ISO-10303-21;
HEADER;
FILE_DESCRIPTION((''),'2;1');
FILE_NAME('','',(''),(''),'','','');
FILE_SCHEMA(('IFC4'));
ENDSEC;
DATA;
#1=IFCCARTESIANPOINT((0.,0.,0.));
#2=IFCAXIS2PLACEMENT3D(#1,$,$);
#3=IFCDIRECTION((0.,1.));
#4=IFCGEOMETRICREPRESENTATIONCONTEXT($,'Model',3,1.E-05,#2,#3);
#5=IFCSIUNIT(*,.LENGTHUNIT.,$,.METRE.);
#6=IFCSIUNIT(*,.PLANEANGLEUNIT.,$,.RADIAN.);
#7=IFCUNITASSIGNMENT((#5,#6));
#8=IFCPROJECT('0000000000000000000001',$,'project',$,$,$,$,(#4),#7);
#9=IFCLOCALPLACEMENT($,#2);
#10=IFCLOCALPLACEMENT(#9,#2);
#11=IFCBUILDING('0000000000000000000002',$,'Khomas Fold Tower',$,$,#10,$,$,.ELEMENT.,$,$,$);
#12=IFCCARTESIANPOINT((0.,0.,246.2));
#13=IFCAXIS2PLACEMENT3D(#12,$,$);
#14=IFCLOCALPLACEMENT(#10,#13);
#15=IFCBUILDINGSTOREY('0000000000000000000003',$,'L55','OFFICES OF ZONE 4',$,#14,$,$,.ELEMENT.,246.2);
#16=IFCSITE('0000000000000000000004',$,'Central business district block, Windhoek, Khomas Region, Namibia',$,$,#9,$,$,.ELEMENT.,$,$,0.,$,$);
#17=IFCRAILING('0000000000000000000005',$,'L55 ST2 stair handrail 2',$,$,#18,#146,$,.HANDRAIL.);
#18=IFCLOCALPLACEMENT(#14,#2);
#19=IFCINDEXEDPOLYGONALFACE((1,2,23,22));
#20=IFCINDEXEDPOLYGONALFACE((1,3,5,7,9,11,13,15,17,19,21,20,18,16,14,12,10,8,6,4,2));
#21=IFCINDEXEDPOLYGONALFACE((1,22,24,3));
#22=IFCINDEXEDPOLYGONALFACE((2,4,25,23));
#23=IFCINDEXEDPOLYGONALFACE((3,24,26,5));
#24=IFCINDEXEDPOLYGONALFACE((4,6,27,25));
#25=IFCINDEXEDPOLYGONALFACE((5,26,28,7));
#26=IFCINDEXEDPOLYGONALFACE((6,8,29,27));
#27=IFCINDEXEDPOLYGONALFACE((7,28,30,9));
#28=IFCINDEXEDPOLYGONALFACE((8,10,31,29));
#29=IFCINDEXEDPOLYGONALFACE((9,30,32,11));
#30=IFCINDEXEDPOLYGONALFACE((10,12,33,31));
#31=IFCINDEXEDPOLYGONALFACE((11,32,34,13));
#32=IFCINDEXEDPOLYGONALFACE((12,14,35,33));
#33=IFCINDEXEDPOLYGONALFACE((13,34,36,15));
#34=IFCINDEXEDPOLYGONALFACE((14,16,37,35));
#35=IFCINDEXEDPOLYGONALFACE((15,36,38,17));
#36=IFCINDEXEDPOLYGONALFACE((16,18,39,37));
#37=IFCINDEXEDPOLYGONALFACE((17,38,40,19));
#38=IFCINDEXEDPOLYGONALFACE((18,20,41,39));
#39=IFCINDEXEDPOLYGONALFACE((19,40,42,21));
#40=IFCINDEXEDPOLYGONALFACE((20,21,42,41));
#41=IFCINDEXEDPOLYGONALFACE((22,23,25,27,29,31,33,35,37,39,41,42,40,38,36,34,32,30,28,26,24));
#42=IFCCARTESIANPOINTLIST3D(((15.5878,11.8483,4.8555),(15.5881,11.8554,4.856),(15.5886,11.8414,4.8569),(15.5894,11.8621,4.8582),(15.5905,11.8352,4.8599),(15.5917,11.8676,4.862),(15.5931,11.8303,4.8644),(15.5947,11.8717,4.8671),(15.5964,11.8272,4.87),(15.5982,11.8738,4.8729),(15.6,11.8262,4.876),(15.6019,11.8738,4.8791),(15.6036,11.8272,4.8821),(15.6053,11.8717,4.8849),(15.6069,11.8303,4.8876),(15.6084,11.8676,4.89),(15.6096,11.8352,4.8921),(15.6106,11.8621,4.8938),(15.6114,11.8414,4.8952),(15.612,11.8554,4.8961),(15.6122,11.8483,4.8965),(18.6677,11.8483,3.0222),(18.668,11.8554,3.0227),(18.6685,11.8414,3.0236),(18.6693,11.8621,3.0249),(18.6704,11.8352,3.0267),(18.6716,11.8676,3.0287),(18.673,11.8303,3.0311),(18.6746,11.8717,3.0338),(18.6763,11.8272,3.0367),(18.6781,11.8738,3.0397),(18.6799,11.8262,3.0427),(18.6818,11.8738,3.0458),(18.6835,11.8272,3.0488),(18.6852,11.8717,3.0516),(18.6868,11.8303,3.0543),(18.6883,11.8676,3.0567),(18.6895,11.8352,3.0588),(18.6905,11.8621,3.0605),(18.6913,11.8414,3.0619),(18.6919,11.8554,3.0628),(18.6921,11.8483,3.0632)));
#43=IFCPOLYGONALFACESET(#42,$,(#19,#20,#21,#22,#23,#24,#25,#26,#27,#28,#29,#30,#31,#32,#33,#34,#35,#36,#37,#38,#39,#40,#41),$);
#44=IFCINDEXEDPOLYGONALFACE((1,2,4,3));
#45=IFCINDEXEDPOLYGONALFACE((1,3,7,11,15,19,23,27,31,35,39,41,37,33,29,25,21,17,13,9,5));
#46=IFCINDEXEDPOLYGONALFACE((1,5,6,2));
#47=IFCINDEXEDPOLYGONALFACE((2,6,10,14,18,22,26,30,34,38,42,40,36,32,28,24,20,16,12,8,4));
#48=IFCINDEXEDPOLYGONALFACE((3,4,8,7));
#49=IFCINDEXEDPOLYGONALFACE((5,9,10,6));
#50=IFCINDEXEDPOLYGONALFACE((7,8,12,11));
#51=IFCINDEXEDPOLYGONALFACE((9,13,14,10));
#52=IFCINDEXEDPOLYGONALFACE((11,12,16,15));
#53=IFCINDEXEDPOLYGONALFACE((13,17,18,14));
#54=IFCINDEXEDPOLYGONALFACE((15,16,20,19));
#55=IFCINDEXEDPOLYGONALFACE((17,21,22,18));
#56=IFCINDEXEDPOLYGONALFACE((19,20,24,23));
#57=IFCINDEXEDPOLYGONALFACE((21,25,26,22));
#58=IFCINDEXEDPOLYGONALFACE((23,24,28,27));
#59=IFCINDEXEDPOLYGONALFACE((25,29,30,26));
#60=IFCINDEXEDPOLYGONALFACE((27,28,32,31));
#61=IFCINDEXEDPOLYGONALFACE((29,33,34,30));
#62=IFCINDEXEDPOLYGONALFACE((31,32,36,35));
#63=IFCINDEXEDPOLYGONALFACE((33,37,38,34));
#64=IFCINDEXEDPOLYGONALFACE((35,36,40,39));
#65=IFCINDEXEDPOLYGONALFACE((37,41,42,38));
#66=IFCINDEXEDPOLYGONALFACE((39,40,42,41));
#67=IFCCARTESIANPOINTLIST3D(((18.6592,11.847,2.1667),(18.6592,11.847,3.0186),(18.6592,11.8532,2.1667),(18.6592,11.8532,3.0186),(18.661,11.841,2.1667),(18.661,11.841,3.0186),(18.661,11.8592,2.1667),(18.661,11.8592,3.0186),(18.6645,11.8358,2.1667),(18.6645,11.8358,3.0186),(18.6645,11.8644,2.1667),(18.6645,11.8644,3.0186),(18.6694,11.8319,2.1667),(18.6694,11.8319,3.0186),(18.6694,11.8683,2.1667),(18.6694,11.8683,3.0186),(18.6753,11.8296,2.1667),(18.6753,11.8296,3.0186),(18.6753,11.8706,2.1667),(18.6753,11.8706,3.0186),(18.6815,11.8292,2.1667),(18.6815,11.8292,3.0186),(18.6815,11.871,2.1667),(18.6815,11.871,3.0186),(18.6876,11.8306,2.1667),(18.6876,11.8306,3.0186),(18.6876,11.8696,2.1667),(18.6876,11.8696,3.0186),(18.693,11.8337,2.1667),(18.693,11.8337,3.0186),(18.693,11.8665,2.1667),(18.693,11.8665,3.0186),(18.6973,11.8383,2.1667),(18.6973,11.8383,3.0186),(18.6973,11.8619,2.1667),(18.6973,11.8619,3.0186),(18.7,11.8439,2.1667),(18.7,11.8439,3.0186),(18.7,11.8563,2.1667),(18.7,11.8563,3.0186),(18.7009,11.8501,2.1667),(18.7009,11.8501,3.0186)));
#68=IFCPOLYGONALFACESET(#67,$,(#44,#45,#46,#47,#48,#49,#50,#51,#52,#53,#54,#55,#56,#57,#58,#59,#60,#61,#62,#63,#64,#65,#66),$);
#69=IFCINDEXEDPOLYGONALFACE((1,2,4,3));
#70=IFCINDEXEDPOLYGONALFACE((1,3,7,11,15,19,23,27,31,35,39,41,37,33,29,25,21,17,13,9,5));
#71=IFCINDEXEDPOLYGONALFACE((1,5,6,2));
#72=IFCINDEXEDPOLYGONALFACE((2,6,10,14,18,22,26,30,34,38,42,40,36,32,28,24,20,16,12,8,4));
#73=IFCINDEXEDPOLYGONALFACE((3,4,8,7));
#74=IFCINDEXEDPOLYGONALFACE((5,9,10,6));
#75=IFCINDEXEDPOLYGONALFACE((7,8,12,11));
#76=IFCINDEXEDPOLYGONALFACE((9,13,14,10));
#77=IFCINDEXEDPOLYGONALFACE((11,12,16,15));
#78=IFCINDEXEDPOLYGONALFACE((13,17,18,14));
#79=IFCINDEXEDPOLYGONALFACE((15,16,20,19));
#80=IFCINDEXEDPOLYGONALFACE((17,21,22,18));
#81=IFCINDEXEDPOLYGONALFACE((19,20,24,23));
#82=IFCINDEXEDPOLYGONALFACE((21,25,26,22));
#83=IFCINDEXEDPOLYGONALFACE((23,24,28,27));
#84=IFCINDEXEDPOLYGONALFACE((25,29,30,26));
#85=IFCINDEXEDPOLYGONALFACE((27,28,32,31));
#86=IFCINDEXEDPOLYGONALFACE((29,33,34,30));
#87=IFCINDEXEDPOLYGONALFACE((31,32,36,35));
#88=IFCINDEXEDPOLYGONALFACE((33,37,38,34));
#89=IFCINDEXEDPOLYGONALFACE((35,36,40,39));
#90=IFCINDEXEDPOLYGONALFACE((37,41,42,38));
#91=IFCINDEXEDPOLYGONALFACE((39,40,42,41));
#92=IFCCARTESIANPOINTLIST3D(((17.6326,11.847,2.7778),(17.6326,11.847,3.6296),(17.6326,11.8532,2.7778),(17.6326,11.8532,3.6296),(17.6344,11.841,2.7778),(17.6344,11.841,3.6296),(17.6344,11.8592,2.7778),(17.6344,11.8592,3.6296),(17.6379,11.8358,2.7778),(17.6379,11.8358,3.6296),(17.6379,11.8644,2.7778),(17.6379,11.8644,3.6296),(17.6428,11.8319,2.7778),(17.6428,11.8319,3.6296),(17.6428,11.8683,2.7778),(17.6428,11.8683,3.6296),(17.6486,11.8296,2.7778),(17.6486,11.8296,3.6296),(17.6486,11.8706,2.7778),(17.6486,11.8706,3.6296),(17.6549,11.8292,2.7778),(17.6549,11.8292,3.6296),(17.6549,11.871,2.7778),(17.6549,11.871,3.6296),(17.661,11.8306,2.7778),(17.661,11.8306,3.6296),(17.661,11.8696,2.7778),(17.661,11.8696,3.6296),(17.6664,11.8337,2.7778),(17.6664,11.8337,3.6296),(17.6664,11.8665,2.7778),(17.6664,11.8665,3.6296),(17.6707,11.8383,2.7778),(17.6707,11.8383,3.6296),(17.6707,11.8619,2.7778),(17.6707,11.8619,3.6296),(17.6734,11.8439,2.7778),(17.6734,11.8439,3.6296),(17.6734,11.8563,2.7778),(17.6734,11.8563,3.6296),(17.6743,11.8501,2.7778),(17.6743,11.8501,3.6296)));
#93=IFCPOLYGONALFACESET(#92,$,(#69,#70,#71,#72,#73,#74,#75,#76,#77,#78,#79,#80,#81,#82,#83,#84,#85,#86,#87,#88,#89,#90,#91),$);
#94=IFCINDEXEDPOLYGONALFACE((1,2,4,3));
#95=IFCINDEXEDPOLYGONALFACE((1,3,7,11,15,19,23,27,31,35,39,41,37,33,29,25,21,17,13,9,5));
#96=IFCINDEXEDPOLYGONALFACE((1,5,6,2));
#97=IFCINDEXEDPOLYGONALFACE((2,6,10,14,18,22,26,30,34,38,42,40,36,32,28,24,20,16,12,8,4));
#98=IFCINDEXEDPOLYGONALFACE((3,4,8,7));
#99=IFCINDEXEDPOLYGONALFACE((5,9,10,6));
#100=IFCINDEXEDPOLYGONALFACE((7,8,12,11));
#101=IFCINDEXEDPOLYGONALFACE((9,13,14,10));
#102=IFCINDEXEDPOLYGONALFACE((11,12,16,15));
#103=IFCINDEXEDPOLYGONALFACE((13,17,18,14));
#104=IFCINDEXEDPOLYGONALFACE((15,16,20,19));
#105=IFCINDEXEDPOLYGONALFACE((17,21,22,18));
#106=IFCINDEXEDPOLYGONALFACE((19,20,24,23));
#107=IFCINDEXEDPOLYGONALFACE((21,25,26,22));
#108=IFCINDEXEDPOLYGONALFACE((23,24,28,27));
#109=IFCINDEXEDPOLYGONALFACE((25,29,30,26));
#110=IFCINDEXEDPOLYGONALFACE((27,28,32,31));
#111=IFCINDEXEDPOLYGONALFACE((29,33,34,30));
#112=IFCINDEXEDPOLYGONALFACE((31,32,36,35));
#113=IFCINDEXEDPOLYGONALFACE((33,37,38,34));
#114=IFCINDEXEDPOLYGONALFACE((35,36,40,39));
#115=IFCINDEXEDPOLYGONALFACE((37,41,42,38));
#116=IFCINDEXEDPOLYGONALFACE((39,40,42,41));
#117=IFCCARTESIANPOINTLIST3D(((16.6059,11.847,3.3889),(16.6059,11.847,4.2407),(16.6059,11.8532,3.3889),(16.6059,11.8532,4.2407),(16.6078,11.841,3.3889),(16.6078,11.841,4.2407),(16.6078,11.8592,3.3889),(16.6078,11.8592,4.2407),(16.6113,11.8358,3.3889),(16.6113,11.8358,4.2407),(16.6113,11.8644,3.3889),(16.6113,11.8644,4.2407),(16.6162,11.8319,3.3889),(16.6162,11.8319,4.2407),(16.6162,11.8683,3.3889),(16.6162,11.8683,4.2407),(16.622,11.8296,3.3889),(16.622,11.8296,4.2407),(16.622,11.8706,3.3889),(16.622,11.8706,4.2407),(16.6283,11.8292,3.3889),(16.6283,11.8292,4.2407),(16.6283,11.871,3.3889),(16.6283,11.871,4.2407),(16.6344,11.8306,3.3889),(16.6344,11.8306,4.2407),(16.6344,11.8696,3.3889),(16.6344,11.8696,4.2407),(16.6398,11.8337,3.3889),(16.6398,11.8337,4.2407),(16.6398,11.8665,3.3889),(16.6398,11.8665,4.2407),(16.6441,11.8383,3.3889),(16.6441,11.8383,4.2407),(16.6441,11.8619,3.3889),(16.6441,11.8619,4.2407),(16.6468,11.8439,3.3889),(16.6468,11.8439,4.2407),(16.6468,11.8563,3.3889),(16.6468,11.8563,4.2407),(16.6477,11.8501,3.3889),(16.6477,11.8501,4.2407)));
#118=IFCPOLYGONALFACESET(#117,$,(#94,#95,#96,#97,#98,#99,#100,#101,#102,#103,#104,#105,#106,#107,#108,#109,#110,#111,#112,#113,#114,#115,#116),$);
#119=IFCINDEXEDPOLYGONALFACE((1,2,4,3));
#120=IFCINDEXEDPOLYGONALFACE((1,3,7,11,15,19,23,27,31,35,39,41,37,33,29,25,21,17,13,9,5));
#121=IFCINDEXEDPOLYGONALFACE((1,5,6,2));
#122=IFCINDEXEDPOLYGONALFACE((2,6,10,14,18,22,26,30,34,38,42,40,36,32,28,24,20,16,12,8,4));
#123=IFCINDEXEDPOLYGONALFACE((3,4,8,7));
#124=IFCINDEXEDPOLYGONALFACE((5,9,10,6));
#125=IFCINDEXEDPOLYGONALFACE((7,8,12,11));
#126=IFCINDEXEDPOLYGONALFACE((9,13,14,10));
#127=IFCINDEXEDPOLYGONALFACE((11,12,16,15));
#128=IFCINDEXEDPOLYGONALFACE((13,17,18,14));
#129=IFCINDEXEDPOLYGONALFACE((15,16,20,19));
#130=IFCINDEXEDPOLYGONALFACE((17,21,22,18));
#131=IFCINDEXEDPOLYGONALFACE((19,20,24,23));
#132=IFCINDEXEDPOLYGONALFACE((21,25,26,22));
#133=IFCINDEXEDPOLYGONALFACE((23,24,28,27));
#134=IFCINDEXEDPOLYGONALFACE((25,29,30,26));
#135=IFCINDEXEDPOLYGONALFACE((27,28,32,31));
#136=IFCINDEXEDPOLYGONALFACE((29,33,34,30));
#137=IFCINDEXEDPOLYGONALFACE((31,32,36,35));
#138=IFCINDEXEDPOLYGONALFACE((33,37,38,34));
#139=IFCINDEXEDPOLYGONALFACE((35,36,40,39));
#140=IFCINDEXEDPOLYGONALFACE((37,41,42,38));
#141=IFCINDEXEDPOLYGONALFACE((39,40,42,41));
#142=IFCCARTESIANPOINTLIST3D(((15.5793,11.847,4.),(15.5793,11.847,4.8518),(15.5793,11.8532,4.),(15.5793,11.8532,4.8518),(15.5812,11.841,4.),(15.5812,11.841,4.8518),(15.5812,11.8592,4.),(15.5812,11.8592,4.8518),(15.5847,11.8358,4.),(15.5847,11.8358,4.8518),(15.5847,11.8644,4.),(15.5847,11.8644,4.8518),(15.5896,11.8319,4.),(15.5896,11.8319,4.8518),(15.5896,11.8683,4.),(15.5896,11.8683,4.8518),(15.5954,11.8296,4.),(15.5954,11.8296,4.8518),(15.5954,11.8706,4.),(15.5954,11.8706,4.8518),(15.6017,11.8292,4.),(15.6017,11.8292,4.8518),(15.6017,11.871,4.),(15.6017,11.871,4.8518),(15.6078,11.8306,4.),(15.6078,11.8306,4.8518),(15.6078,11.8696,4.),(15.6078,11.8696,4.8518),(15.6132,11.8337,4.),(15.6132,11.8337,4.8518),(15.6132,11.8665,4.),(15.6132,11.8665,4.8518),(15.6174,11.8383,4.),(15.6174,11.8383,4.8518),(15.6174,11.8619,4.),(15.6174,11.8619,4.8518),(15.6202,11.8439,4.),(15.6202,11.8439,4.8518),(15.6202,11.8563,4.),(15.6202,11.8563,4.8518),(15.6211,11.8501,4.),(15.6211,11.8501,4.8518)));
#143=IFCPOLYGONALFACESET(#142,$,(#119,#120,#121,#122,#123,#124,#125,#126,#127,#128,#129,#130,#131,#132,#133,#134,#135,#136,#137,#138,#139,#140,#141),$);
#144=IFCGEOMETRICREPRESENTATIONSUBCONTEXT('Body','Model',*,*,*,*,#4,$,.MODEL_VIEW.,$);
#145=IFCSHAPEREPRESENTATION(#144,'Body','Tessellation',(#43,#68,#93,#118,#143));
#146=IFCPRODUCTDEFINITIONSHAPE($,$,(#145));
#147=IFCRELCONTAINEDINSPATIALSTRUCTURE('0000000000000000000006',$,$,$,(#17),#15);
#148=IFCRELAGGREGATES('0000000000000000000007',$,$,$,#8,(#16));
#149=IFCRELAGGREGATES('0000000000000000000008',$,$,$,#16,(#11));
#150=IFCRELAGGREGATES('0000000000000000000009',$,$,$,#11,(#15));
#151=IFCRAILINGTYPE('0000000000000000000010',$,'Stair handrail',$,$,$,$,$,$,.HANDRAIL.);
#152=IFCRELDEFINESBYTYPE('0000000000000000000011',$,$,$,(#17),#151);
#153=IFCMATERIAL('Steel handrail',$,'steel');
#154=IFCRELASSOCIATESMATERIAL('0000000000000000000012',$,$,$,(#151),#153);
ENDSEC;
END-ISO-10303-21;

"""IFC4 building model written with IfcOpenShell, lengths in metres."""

from ifc_helpers import new_model, si_unit, direction, frame, origin, origin_2d, place, context, subcontext, project, spatial, circle, extrude, source, transform, mapped, material, type_object, element, save


model = new_model("IFC4")

# Units and contexts
model_context = context("Model", 3, precision=1e-05, world=origin(), true_north=direction((0.0, 1.0)))
body_context = subcontext(model_context, "Body", "Model", "MODEL_VIEW")
ifc_project = project(units=[si_unit("LENGTHUNIT", "METRE"), si_unit("PLANEANGLEUNIT", "RADIAN")], contexts=[model_context])

# Site, building, storey
site_placement = place(None, origin())
site = spatial("IfcSite", under=ifc_project, at=site_placement, Name="Central business district block, Windhoek, Khomas Region, Namibia", CompositionType="ELEMENT", RefElevation=0.0)
building_placement = place(site_placement, origin())
building = spatial("IfcBuilding", under=site, at=building_placement, Name="Khomas Fold Tower", CompositionType="ELEMENT")
storey_placement = place(building_placement, frame((0.0, 0.0, 246.2)))
storey = spatial("IfcBuildingStorey", under=building, at=storey_placement, Name="L55", Description="OFFICES OF ZONE 4", CompositionType="ELEMENT", Elevation=246.2)

# Railing
ifc_material_1 = material(Name="Steel handrail", Category="steel")
railing_type_1 = type_object("IfcRailingType", Name="Stair handrail", PredefinedType="HANDRAIL", material=ifc_material_1)
shared_shape_1 = source(origin(), body_context, "Body", "SweptSolid", [
    extrude(circle(Radius=0.0239, at=origin_2d()), frame((0.0, 0.0, 0.876), z_axis=(-0.859291, 0.0, 0.511487), x_axis=(0.0, -1.0, 0.0)), (0.0, 0.0, 1.0), 3.5842),
    extrude(circle(Radius=0.021, at=origin_2d()), origin(), (0.0, 0.0, 1.0), 0.8518),
    extrude(circle(Radius=0.021, at=origin_2d()), frame((-1.0266, 0.0, 0.6111)), (0.0, 0.0, 1.0), 0.8518),
    extrude(circle(Radius=0.021, at=origin_2d()), frame((-2.0532, 0.0, 1.2222)), (0.0, 0.0, 1.0), 0.8518),
    extrude(circle(Radius=0.021, at=origin_2d()), frame((-3.0798, 0.0, 1.8333)), (0.0, 0.0, 1.0), 0.8518),
])
railing_1_placement = place(storey_placement, frame((18.6799, 11.8501, 2.1667)))
element("IfcRailing", 1, at=railing_1_placement, inside=storey, type_object=railing_type_1, Name="L55 ST2 stair handrail 2", PredefinedType="HANDRAIL", context=body_context, shape_type="MappedRepresentation", body=[
    mapped(shared_shape_1, transform((0.0, 0.0, 0.0))),
])

save(model, "model.ifc")
